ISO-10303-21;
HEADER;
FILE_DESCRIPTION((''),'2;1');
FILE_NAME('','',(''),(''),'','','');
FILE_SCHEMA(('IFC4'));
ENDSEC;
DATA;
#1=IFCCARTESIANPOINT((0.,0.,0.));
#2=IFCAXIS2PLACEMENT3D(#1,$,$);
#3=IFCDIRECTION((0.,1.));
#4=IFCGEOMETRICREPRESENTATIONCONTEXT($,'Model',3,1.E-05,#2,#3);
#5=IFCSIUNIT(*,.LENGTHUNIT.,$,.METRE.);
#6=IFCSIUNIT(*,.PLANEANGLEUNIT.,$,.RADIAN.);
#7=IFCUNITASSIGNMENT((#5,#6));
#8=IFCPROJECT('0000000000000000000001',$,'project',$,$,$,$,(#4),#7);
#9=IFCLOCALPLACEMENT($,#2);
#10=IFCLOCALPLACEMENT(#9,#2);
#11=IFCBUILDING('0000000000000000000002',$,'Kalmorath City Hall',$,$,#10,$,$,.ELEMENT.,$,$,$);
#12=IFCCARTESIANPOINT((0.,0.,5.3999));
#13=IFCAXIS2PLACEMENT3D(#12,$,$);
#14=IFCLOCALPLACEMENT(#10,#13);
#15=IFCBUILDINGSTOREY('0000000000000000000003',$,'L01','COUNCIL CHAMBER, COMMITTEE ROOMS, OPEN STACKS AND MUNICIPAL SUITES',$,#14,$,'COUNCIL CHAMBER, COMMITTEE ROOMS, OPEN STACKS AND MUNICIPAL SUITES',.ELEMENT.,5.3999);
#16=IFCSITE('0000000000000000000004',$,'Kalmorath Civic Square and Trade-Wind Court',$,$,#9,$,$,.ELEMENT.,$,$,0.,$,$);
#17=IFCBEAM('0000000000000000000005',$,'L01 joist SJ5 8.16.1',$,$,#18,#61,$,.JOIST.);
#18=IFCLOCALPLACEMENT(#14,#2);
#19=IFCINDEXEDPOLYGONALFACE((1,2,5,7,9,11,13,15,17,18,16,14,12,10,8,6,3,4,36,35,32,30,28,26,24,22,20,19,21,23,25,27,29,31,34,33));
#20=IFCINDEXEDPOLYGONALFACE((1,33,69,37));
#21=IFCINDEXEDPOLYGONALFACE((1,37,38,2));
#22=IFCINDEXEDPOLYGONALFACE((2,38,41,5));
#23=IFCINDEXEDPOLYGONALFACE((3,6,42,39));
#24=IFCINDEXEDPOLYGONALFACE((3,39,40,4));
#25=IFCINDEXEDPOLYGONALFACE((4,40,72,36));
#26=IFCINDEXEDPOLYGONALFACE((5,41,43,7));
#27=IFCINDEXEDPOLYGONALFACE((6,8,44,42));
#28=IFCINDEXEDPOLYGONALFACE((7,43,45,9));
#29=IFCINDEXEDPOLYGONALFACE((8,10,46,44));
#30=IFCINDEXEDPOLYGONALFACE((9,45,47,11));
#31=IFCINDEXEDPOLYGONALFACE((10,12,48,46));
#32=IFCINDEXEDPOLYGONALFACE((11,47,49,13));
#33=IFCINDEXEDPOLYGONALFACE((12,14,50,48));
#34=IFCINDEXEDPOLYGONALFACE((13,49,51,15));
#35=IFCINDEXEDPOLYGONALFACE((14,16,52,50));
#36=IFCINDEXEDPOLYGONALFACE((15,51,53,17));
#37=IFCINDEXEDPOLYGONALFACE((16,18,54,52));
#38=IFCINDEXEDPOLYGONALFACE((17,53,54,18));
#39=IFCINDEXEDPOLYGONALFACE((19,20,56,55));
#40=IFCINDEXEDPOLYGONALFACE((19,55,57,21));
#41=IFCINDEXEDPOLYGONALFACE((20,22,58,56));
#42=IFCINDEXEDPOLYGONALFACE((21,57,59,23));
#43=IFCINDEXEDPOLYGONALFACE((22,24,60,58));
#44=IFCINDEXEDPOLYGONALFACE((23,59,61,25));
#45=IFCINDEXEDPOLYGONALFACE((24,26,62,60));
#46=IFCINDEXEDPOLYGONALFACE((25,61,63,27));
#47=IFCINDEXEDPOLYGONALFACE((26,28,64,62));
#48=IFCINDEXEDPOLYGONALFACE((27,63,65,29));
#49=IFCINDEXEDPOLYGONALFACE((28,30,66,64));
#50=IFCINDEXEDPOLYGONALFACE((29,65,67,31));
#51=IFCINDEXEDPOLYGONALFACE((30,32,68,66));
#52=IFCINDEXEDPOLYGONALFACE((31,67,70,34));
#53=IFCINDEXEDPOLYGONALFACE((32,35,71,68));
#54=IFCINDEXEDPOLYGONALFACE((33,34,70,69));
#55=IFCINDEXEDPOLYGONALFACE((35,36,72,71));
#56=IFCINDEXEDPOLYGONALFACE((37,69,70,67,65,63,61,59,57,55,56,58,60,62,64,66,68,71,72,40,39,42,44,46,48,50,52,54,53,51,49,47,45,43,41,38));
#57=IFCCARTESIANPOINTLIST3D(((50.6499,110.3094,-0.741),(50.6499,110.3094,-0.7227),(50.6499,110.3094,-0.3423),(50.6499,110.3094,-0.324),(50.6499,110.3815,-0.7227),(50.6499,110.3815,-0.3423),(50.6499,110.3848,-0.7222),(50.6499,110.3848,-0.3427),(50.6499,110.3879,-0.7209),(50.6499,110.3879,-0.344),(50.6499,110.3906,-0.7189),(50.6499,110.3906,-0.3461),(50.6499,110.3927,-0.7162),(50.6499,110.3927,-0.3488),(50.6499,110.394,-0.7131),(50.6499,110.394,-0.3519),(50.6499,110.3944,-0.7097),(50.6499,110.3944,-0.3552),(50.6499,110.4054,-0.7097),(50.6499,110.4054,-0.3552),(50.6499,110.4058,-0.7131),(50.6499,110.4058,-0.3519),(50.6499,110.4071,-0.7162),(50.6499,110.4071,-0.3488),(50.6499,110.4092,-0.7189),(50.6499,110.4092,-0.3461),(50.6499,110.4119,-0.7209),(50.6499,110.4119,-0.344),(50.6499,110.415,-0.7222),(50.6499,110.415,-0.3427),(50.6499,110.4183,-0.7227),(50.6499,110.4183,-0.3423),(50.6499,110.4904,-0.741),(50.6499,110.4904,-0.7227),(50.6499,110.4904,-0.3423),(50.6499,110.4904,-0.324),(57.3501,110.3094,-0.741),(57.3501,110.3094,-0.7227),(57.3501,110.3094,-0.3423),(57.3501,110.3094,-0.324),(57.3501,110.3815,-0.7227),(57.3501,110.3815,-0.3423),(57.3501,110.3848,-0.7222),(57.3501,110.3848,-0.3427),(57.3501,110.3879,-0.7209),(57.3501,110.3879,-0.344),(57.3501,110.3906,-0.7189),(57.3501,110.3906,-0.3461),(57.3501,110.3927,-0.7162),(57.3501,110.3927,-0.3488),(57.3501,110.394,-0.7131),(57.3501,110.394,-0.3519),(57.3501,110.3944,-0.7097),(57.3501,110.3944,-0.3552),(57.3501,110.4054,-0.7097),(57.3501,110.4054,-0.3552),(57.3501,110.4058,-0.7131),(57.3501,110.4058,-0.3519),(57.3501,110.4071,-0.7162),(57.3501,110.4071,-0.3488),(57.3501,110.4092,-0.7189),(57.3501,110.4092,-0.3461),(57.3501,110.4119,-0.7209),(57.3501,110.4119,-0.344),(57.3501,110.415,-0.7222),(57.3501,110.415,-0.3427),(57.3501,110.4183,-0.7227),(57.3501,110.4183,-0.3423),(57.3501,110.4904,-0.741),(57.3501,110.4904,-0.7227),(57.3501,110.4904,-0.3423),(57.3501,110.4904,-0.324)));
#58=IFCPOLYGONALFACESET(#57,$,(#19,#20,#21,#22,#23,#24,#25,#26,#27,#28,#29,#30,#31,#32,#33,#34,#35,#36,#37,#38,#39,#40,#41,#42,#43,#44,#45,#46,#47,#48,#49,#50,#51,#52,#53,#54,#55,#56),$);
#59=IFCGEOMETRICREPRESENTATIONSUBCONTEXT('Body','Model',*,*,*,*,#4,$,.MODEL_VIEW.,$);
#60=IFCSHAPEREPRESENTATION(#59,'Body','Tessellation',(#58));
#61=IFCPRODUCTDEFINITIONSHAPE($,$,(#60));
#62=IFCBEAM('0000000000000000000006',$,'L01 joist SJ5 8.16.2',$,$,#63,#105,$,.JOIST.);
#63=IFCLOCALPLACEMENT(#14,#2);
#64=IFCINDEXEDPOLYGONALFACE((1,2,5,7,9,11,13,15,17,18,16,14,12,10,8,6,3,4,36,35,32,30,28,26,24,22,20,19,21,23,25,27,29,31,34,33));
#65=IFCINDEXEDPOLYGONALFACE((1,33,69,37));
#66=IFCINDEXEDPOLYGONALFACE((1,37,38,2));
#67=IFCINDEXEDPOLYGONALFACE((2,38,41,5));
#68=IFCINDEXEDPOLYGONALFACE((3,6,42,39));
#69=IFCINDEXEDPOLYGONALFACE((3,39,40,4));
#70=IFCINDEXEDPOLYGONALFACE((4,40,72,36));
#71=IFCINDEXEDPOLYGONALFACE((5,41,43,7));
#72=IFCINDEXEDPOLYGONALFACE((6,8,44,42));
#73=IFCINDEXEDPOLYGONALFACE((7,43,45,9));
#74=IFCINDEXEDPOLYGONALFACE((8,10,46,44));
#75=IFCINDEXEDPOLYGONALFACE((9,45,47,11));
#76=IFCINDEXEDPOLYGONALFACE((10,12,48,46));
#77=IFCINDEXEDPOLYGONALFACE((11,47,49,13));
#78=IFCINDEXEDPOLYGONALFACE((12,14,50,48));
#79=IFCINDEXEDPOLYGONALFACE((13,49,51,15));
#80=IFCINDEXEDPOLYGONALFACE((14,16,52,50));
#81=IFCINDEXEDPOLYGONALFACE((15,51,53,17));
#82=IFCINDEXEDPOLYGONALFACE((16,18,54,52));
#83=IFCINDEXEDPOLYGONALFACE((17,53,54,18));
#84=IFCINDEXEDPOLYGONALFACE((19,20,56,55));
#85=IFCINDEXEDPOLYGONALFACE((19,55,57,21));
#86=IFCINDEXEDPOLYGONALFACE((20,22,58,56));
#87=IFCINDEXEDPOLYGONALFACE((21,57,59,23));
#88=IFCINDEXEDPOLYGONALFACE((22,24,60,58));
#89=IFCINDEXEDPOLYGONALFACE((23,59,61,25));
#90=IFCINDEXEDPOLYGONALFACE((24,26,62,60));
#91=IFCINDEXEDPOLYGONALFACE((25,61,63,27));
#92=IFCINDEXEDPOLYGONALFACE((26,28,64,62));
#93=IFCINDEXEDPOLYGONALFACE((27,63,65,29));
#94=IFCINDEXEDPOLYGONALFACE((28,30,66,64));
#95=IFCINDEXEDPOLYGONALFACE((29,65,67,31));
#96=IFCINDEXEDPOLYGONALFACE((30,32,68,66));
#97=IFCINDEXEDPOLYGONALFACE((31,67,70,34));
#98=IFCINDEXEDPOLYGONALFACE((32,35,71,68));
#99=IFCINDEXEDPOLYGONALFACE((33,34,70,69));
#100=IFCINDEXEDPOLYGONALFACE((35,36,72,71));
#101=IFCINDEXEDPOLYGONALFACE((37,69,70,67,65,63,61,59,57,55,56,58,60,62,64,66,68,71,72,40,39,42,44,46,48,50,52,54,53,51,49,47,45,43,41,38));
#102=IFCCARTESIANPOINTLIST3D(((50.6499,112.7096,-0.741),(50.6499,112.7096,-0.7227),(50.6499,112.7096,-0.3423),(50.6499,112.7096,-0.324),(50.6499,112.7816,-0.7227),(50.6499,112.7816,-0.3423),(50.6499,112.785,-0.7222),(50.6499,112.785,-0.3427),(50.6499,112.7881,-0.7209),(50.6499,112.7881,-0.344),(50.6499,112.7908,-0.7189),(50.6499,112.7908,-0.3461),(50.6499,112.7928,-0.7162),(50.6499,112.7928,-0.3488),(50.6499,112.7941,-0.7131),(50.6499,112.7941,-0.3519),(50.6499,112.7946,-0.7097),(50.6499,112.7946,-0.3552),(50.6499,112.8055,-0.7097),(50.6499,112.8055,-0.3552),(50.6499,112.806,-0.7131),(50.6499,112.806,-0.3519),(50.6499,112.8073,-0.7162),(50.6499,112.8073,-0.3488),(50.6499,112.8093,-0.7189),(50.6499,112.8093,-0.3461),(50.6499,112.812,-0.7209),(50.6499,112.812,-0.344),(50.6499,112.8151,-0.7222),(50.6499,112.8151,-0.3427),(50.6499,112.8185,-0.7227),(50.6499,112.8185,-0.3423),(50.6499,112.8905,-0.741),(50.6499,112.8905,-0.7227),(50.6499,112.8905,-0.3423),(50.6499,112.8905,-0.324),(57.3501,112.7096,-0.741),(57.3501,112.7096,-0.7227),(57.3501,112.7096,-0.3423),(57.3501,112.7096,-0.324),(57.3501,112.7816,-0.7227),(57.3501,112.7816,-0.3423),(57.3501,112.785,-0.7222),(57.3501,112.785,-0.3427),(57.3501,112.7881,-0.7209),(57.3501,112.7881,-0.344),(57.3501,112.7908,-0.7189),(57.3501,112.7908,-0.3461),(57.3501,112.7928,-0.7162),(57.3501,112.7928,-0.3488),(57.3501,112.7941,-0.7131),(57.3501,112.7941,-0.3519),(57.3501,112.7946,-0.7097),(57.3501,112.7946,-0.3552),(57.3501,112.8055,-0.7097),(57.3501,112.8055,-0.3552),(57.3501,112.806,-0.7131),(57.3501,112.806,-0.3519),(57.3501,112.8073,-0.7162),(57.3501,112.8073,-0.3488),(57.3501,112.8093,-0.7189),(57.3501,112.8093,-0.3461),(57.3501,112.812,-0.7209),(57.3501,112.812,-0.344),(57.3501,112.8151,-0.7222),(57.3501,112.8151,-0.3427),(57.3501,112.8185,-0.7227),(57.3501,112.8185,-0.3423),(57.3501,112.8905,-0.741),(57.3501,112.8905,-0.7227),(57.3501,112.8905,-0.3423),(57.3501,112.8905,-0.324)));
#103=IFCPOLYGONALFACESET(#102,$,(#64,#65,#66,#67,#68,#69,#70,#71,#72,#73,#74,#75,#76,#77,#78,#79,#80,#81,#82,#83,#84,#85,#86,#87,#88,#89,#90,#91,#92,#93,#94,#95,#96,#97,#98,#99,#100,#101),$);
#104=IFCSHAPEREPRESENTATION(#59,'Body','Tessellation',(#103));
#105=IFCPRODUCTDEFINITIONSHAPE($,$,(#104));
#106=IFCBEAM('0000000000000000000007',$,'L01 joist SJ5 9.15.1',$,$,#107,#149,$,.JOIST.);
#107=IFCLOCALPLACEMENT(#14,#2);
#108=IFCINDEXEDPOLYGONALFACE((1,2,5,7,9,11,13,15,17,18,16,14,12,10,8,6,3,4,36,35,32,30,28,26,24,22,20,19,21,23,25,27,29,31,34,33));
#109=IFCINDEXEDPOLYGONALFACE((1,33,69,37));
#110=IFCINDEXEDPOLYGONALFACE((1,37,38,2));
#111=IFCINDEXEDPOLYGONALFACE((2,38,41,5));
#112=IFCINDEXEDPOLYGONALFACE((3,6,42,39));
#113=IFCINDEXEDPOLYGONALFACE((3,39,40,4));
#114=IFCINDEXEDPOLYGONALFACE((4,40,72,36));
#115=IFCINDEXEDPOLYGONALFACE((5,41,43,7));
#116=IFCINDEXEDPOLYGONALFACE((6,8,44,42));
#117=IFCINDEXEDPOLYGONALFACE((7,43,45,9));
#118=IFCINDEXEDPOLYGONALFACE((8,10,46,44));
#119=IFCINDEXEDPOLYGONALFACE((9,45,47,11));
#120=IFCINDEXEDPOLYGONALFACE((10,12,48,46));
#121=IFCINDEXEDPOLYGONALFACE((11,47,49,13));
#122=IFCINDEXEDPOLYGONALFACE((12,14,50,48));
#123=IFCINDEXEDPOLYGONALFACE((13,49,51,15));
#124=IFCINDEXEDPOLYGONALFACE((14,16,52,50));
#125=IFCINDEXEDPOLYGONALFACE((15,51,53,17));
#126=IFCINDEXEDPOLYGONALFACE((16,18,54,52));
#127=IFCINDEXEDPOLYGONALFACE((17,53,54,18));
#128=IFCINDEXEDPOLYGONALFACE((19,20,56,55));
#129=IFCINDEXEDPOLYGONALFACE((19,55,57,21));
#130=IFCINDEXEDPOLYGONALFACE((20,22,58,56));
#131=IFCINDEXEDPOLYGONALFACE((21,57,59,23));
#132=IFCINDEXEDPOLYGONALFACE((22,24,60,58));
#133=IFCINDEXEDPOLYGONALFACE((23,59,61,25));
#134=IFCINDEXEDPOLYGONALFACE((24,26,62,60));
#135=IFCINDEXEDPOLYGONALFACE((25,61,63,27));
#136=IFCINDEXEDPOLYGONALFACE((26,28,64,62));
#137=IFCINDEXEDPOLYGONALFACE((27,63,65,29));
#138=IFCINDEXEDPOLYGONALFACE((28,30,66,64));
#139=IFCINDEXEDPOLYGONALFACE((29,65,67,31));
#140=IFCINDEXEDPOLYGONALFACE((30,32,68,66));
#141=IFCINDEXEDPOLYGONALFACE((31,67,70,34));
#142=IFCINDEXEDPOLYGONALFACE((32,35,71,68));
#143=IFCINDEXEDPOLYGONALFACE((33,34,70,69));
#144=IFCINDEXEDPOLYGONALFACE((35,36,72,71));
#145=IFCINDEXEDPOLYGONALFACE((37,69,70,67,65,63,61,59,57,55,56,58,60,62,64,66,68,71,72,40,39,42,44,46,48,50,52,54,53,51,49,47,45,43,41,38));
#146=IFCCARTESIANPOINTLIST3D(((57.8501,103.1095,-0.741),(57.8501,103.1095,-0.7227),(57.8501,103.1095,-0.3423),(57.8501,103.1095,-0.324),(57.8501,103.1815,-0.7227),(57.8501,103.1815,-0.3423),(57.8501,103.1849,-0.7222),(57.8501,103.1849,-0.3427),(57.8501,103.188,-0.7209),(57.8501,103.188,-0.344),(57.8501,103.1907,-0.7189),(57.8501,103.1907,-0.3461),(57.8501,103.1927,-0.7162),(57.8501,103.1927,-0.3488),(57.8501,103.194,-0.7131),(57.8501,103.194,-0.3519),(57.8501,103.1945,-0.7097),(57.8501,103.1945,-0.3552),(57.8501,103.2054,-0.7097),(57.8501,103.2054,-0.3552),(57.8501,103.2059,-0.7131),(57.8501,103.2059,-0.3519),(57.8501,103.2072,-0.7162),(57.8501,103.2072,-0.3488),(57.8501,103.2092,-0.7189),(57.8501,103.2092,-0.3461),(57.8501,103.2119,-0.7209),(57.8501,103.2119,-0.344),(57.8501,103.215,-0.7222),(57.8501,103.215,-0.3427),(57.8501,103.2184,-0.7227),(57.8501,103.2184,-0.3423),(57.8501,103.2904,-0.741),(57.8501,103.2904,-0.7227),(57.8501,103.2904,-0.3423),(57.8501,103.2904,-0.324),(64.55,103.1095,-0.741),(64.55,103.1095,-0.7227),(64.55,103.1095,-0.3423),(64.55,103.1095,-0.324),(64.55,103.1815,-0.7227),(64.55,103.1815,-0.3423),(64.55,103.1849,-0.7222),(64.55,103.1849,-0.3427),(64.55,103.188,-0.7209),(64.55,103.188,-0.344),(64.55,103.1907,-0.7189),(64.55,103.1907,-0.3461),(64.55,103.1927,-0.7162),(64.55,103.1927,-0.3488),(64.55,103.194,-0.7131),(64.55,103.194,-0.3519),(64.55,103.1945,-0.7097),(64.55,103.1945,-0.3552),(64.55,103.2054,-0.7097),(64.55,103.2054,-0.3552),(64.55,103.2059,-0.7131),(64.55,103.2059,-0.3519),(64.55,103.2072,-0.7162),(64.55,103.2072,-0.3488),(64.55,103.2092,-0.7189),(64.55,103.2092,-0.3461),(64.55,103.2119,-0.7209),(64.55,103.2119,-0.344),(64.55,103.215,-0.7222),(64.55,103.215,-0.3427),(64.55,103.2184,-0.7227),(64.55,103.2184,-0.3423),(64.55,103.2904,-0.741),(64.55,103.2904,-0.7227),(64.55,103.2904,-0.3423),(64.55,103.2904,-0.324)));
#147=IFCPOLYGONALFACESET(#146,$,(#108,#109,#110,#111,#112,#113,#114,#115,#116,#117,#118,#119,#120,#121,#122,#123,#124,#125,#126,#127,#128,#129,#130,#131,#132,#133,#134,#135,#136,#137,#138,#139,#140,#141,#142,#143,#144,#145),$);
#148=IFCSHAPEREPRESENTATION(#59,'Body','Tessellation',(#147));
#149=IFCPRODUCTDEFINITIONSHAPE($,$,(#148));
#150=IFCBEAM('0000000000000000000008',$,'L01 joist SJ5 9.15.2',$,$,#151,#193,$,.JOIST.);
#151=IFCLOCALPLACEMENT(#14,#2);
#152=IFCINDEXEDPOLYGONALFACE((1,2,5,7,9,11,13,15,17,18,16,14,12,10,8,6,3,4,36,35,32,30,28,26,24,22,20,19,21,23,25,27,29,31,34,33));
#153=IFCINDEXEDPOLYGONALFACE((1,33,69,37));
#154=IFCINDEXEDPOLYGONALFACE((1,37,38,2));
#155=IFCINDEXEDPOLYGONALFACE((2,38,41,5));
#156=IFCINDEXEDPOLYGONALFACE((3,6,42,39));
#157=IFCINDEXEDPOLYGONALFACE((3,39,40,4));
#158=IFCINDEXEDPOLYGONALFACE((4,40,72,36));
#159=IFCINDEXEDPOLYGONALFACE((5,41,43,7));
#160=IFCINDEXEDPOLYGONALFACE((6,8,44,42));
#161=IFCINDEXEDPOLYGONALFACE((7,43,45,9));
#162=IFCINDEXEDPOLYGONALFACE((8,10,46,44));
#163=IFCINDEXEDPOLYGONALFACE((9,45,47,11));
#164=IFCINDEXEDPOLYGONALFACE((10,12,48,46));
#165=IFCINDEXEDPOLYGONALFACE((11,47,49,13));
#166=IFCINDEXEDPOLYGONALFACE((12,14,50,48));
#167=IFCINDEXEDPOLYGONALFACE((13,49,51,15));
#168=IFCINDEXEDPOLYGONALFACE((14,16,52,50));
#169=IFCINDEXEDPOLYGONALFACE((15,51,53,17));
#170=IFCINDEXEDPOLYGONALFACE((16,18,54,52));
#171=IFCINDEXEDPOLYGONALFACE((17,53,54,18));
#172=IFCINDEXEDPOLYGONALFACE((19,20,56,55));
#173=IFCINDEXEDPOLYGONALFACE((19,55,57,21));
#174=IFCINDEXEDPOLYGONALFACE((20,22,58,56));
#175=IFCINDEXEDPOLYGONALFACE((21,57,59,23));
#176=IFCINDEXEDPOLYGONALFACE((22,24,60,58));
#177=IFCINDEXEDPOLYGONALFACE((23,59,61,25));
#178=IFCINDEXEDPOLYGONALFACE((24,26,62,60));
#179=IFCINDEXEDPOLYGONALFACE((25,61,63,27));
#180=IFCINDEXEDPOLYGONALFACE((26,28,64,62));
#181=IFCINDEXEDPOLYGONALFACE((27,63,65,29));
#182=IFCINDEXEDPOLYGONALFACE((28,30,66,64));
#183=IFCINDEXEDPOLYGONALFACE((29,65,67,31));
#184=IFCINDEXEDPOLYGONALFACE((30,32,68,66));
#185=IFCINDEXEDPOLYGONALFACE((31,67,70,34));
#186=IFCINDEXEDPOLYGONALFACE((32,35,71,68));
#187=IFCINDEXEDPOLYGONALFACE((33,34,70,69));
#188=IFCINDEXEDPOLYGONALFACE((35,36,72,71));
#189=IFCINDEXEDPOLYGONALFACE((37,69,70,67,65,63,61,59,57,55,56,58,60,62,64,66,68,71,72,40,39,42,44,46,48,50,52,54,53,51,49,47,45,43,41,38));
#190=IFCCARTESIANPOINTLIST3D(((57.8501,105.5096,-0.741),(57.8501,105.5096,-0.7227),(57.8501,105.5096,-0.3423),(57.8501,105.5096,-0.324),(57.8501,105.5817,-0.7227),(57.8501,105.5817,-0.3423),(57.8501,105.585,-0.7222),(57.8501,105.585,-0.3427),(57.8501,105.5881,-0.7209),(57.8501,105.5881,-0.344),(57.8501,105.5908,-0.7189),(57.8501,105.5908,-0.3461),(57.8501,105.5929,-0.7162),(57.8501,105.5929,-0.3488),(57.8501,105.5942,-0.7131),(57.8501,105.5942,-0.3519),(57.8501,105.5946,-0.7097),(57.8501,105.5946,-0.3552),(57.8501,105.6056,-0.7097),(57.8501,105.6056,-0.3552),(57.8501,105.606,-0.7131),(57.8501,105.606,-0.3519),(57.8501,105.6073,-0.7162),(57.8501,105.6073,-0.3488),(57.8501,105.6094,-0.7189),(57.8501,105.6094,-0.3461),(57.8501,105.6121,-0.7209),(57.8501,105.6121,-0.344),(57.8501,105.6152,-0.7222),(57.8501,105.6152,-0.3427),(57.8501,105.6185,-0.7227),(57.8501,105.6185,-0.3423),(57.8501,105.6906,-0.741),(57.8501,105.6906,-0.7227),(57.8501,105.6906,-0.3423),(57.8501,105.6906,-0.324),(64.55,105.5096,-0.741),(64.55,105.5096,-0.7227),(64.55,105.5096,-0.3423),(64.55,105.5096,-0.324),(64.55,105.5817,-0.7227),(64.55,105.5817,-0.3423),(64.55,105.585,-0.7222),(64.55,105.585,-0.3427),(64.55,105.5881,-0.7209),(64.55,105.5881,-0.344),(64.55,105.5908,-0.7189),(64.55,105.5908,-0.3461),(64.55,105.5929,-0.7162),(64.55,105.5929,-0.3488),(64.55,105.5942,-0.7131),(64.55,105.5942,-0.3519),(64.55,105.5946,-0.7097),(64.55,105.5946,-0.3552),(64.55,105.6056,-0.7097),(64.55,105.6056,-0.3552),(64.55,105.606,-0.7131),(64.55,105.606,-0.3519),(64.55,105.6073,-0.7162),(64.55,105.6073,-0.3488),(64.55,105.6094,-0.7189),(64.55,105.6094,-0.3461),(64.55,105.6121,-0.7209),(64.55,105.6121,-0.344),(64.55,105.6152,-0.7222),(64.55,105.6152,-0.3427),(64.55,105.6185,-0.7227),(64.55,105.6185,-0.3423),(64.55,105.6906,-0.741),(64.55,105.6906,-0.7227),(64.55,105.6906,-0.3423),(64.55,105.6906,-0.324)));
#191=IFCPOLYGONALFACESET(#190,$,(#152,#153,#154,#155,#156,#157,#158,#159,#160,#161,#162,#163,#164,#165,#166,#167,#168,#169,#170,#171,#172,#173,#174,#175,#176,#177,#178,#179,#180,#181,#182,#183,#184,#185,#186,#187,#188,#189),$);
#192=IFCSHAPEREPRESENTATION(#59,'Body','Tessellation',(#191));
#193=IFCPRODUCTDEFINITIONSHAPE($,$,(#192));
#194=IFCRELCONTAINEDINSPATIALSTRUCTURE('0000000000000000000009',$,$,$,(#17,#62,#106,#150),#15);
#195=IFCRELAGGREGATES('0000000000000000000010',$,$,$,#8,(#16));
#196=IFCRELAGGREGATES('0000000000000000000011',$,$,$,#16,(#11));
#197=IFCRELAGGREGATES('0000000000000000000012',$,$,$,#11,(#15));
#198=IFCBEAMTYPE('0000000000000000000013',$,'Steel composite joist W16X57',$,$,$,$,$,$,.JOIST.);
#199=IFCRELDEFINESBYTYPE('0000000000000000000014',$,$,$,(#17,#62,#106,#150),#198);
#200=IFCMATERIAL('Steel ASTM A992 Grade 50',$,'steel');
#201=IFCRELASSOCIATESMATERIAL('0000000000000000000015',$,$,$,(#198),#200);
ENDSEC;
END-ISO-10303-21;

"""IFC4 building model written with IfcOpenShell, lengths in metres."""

from ifc_helpers import new_model, si_unit, direction, frame, origin, origin_2d, place, context, subcontext, project, spatial, i_section, extrude, material, material_profile, profile_set, type_object, element, save


model = new_model("IFC4")

# Units and contexts
model_context = context("Model", 3, precision=1e-05, world=origin(), true_north=direction((0.0, 1.0)))
body_context = subcontext(model_context, "Body", "Model", "MODEL_VIEW")
ifc_project = project(units=[si_unit("LENGTHUNIT", "METRE"), si_unit("PLANEANGLEUNIT", "RADIAN")], contexts=[model_context])

# Site, building, storey
site_placement = place(None, origin())
site = spatial("IfcSite", under=ifc_project, at=site_placement, Name="Kalmorath Civic Square and Trade-Wind Court", CompositionType="ELEMENT", RefElevation=0.0)
building_placement = place(site_placement, origin())
building = spatial("IfcBuilding", under=site, at=building_placement, Name="Kalmorath City Hall", CompositionType="ELEMENT")
storey_placement = place(building_placement, frame((0.0, 0.0, 5.3999)))
storey = spatial("IfcBuildingStorey", under=building, at=storey_placement, Name="L01", Description="COUNCIL CHAMBER, COMMITTEE ROOMS, OPEN STACKS AND MUNICIPAL SUITES", LongName="COUNCIL CHAMBER, COMMITTEE ROOMS, OPEN STACKS AND MUNICIPAL SUITES", CompositionType="ELEMENT", Elevation=5.3999)

# Beams
ifc_material_1 = material(Name="Steel ASTM A992 Grade 50", Category="steel")
ifc_material_profile_1 = material_profile(ifc_material_1, i_section(OverallWidth=0.1809, OverallDepth=0.417, WebThickness=0.011, FlangeThickness=0.0183, FilletRadius=0.0129, at=origin_2d()), Name="W16X57")
ifc_profile_set_1 = profile_set([ifc_material_profile_1], Name="Steel ASTM A992 Grade 50")
beam_type_1 = type_object("IfcBeamType", Name="Steel composite joist W16X57", PredefinedType="JOIST", material=ifc_profile_set_1)
for number, where, z_axis, x_axis, name in (
    (1, (50.6499, 110.3999, -0.5325), (1.0, 0.0, 0.0), (0.0, 1.0, 0.0), "L01 joist SJ5 8.16.1"),
    (2, (50.6499, 112.8, -0.5325), (1.0, 0.0, 0.0), (0.0, 1.0, 0.0), "L01 joist SJ5 8.16.2"),
):
    element("IfcBeam", number, at=place(storey_placement, frame(where, z_axis=z_axis, x_axis=x_axis)), inside=storey, type_object=beam_type_1, Name=name, PredefinedType="JOIST", context=body_context, shape_type="SweptSolid", body=[
        extrude(i_section(OverallWidth=0.1809, OverallDepth=0.417, WebThickness=0.011, FlangeThickness=0.0183, FilletRadius=0.0129, at=origin_2d()), origin(), (0.0, 0.0, 1.0), 6.7002),
    ])
for number, where, z_axis, x_axis, name in (
    (3, (57.8501, 103.2, -0.5325), (1.0, 0.0, 0.0), (0.0, 1.0, 0.0), "L01 joist SJ5 9.15.1"),
    (4, (57.8501, 105.6001, -0.5325), (1.0, 0.0, 0.0), (0.0, 1.0, 0.0), "L01 joist SJ5 9.15.2"),
):
    element("IfcBeam", number, at=place(storey_placement, frame(where, z_axis=z_axis, x_axis=x_axis)), inside=storey, type_object=beam_type_1, Name=name, PredefinedType="JOIST", context=body_context, shape_type="SweptSolid", body=[
        extrude(i_section(OverallWidth=0.1809, OverallDepth=0.417, WebThickness=0.011, FlangeThickness=0.0183, FilletRadius=0.0129, at=origin_2d()), origin(), (0.0, 0.0, 1.0), 6.7),
    ])

save(model, "model.ifc")
